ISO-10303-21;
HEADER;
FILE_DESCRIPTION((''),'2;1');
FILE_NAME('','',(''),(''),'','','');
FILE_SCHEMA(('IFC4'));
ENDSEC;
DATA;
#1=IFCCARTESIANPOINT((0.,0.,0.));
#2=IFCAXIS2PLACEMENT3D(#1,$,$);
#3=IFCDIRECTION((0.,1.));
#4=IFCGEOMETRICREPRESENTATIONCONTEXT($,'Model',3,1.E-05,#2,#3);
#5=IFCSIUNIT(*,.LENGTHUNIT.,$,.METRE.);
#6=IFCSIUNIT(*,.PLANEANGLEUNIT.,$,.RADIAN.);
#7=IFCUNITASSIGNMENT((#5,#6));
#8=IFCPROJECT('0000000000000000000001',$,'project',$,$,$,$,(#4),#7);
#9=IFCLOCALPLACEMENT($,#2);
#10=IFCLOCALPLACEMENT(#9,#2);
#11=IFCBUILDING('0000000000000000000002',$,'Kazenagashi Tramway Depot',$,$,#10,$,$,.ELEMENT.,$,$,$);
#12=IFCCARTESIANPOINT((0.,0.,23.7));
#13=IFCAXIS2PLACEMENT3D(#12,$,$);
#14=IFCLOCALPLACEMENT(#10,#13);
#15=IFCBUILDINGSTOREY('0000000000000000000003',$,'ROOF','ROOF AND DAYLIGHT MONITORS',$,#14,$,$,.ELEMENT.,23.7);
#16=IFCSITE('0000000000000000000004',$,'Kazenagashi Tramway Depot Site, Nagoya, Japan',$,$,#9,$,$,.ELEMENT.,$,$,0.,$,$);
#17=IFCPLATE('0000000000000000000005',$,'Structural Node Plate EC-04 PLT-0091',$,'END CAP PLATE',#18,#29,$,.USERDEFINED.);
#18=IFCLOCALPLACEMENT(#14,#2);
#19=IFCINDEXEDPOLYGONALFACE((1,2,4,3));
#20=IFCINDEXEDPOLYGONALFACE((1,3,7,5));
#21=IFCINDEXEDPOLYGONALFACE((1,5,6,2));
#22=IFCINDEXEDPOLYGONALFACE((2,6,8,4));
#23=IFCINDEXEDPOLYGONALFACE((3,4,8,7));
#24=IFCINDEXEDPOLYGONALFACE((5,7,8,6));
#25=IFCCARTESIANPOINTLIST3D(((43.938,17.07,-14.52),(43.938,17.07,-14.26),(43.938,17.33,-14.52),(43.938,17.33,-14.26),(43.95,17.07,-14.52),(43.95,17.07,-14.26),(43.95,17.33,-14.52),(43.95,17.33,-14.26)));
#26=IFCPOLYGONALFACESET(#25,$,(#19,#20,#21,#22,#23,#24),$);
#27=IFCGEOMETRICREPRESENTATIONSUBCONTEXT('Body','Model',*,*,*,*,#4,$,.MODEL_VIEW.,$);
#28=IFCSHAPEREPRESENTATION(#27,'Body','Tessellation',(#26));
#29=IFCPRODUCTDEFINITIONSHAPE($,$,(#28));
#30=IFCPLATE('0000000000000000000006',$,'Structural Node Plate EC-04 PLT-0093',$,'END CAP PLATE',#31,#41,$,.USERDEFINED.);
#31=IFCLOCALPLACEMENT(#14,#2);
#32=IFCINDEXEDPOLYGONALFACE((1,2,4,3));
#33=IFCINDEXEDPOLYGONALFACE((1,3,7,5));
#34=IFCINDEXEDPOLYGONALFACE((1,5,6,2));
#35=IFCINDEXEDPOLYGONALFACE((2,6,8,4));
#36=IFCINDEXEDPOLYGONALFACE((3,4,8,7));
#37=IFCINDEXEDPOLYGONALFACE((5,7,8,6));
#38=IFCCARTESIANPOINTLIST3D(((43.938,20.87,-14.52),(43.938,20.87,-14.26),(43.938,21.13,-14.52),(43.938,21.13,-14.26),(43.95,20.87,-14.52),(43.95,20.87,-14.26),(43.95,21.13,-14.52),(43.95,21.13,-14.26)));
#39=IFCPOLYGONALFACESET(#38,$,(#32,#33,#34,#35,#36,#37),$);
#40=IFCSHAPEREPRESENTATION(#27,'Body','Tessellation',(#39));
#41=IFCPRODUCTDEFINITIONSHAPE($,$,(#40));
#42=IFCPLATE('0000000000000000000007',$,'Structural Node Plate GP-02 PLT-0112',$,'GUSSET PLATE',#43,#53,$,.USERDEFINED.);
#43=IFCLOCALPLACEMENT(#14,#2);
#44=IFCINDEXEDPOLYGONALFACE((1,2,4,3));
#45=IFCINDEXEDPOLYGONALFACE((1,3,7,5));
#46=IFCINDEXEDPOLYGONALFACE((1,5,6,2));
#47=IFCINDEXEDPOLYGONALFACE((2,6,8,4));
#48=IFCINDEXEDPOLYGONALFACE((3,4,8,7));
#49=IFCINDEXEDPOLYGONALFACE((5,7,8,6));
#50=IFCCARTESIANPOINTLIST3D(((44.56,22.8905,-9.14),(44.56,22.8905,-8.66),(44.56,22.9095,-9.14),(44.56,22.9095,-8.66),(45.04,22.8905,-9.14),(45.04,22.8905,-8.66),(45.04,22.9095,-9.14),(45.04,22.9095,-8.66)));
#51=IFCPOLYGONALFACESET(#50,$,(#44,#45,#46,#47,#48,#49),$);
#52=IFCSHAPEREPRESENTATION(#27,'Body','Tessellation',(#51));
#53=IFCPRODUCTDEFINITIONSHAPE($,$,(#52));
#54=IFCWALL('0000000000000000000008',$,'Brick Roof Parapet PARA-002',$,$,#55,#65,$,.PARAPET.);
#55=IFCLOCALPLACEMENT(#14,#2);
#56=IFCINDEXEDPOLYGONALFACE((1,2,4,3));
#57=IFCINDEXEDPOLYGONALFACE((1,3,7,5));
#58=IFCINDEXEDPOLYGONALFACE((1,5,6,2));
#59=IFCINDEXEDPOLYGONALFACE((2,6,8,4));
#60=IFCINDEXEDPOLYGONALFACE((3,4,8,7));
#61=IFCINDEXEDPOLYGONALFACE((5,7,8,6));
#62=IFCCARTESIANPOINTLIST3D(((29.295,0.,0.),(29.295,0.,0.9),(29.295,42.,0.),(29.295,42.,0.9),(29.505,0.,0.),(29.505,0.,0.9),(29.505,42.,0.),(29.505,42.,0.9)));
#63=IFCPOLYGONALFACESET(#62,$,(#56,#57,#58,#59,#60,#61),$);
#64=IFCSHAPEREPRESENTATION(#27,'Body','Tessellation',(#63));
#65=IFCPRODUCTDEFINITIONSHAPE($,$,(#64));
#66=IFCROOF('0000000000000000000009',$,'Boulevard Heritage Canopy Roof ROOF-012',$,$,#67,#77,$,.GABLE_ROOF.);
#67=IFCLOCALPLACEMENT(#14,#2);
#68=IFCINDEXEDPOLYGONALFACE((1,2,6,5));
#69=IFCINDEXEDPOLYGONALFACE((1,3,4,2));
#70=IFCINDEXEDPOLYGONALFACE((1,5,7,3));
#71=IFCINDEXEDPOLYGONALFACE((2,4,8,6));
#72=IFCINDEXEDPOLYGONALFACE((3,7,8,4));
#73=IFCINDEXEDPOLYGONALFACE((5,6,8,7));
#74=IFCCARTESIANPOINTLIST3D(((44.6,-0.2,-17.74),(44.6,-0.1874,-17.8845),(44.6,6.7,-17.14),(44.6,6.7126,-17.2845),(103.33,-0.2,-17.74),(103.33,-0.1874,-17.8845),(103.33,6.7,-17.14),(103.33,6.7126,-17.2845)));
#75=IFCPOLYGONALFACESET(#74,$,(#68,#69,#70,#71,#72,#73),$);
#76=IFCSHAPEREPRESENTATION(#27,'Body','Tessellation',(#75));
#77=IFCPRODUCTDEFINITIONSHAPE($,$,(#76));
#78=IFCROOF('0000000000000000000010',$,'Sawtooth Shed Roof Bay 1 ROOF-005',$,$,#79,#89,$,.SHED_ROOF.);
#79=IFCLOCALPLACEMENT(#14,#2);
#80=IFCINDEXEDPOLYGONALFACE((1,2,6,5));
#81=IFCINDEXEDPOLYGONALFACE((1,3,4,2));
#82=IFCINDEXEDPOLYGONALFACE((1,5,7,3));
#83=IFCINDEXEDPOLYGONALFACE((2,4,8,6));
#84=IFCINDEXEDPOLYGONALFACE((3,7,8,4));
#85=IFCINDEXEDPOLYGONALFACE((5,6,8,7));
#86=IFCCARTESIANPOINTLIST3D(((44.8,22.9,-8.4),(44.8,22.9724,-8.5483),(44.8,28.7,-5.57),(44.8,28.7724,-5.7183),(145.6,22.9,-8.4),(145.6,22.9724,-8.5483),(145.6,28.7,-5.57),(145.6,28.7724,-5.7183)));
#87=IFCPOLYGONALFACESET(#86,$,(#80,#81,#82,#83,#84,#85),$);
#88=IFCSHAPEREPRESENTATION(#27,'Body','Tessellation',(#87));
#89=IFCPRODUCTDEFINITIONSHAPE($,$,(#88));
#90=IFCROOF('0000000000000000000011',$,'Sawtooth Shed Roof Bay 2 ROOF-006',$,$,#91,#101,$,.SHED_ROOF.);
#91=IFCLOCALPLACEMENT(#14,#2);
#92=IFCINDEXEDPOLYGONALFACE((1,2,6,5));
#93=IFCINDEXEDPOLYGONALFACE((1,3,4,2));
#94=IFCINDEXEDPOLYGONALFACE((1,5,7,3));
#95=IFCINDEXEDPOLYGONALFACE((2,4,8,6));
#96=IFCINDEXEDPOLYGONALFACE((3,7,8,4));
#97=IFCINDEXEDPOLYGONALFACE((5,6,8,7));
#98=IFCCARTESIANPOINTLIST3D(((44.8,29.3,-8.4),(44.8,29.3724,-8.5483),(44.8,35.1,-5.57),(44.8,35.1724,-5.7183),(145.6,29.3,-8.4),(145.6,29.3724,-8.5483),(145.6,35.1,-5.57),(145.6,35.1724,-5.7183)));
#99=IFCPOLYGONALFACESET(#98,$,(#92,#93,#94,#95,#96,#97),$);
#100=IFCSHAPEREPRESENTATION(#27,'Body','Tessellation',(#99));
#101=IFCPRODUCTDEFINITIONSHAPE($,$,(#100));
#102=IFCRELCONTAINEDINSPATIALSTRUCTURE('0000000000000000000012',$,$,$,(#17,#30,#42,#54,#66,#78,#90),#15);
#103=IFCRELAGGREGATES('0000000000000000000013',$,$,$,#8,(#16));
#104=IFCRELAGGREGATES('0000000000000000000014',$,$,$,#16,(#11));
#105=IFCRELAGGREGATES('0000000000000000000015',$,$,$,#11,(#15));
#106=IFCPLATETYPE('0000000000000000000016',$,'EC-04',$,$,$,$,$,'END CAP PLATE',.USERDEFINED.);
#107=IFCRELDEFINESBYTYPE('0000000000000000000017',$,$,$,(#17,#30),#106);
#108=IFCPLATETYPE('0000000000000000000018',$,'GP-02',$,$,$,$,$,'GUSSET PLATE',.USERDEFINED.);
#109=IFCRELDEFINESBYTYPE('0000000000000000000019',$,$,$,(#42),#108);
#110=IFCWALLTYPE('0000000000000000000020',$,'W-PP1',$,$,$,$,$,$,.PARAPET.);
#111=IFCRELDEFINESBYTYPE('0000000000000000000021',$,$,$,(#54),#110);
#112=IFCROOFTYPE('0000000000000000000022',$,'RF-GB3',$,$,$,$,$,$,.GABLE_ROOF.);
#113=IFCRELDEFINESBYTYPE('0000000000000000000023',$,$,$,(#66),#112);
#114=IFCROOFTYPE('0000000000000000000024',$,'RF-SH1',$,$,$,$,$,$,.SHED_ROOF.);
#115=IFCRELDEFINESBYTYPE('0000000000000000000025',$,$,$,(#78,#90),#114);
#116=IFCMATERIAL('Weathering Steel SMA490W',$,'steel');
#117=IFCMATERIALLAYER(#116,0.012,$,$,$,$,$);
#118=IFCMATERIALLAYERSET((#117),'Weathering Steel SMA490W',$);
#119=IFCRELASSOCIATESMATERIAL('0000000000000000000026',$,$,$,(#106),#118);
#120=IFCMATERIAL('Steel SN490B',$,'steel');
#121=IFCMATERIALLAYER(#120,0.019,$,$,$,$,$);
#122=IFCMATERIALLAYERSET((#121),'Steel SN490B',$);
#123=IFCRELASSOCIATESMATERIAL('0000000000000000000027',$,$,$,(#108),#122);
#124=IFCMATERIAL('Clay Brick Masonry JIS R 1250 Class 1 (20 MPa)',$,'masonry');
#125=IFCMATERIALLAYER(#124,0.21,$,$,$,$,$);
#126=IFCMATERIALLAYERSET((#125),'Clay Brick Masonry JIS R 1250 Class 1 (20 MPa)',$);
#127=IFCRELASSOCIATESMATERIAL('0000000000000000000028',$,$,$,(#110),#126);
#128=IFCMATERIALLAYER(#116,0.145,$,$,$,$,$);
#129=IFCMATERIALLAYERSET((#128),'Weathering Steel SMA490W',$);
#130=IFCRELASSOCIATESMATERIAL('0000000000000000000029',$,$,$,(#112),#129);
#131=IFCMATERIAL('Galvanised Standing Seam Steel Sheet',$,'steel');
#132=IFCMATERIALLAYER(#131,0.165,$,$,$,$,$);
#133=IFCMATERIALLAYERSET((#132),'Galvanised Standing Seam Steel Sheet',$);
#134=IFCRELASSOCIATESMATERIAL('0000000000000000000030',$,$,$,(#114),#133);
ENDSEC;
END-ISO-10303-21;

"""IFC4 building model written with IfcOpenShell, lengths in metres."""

from ifc_helpers import new_model, si_unit, direction, frame, frame_2d, origin, origin_2d, place, context, subcontext, project, spatial, polyline, rectangle, outline, extrude, material, layer, layer_set, type_object, element, save


model = new_model("IFC4")

# Units and contexts
model_context = context("Model", 3, precision=1e-05, world=origin(), true_north=direction((0.0, 1.0)))
body_context = subcontext(model_context, "Body", "Model", "MODEL_VIEW")
ifc_project = project(units=[si_unit("LENGTHUNIT", "METRE"), si_unit("PLANEANGLEUNIT", "RADIAN")], contexts=[model_context])

# Site, building, storey
site_placement = place(None, origin())
site = spatial("IfcSite", under=ifc_project, at=site_placement, Name="Kazenagashi Tramway Depot Site, Nagoya, Japan", CompositionType="ELEMENT", RefElevation=0.0)
building_placement = place(site_placement, origin())
building = spatial("IfcBuilding", under=site, at=building_placement, Name="Kazenagashi Tramway Depot", CompositionType="ELEMENT")
storey_placement = place(building_placement, frame((0.0, 0.0, 23.7)))
storey = spatial("IfcBuildingStorey", under=building, at=storey_placement, Name="ROOF", Description="ROOF AND DAYLIGHT MONITORS", CompositionType="ELEMENT", Elevation=23.7)

# Shared definitions
ifc_material_1 = material(Name="Steel SN490B", Category="steel")

# Shared definitions
ifc_material_2 = material(Name="Weathering Steel SMA490W", Category="steel")

# Plates
ifc_layer_1 = layer(ifc_material_2, 0.012)
ifc_layer_set_1 = layer_set([ifc_layer_1], Name="Weathering Steel SMA490W")
plate_type_1 = type_object("IfcPlateType", Name="EC-04", ElementType="END CAP PLATE", PredefinedType="USERDEFINED", material=ifc_layer_set_1)
for number, where, z_axis, x_axis, name in (
    (1, (43.944, 17.2, -14.52), (0.0, 0.0, 1.0), (0.0, 1.0, 0.0), "Structural Node Plate EC-04 PLT-0091"),
    (2, (43.944, 21.0, -14.52), (0.0, 0.0, 1.0), (0.0, 1.0, 0.0), "Structural Node Plate EC-04 PLT-0093"),
):
    element("IfcPlate", number, at=place(storey_placement, frame(where, z_axis=z_axis, x_axis=x_axis)), inside=storey, type_object=plate_type_1, Name=name, ObjectType="END CAP PLATE", PredefinedType="USERDEFINED", context=body_context, shape_type="SweptSolid", body=[
        extrude(rectangle(XDim=0.26, YDim=0.012, at=origin_2d()), origin(), (0.0, 0.0, 1.0), 0.26),
    ])
ifc_layer_2 = layer(ifc_material_1, 0.019)
ifc_layer_set_2 = layer_set([ifc_layer_2], Name="Steel SN490B")
plate_type_2 = type_object("IfcPlateType", Name="GP-02", ElementType="GUSSET PLATE", PredefinedType="USERDEFINED", material=ifc_layer_set_2)
plate_placement = place(storey_placement, frame((44.8, 22.9, -9.14), z_axis=(0.0, 0.0, 1.0), x_axis=(1.0, 0.0, 0.0)))
element("IfcPlate", 3, at=plate_placement, inside=storey, type_object=plate_type_2, Name="Structural Node Plate GP-02 PLT-0112", ObjectType="GUSSET PLATE", PredefinedType="USERDEFINED", context=body_context, shape_type="SweptSolid", body=[
    extrude(rectangle(XDim=0.48, YDim=0.019, at=origin_2d()), origin(), (0.0, 0.0, 1.0), 0.48),
])

# Wall
ifc_material_3 = material(Name="Clay Brick Masonry JIS R 1250 Class 1 (20 MPa)", Category="masonry")
ifc_layer_3 = layer(ifc_material_3, 0.21)
ifc_layer_set_3 = layer_set([ifc_layer_3], Name="Clay Brick Masonry JIS R 1250 Class 1 (20 MPa)")
wall_type = type_object("IfcWallType", Name="W-PP1", PredefinedType="PARAPET", material=ifc_layer_set_3)
wall_placement = place(storey_placement, frame((29.4, 0.0, 0.0), z_axis=(0.0, 0.0, 1.0), x_axis=(0.0, 1.0, 0.0)))
element("IfcWall", 4, at=wall_placement, inside=storey, type_object=wall_type, Name="Brick Roof Parapet PARA-002", PredefinedType="PARAPET", context=body_context, shape_type="SweptSolid", body=[
    extrude(rectangle(XDim=42.0, YDim=0.21, at=frame_2d((21.0, 0.0))), origin(), (0.0, 0.0, 1.0), 0.9),
])

# Roofs
ifc_layer_4 = layer(ifc_material_2, 0.145)
ifc_layer_set_4 = layer_set([ifc_layer_4], Name="Weathering Steel SMA490W")
roof_type_1 = type_object("IfcRoofType", Name="RF-GB3", PredefinedType="GABLE_ROOF", material=ifc_layer_set_4)
roof_placement = place(storey_placement, frame((44.6, -0.2, -17.74), z_axis=(0.0, -0.08663, 0.996241), x_axis=(1.0, 0.0, 0.0)))
element("IfcRoof", 5, at=roof_placement, inside=storey, type_object=roof_type_1, Name="Boulevard Heritage Canopy Roof ROOF-012", PredefinedType="GABLE_ROOF", context=body_context, shape_type="SweptSolid", body=[
    extrude(outline(polyline([(0.0, 0.0), (58.73, 0.0), (58.73, 6.926), (0.0, 6.926), (0.0, 0.0)])), origin(), (0.0, 0.0, -1.0), 0.145),
])
ifc_material_4 = material(Name="Galvanised Standing Seam Steel Sheet", Category="steel")
ifc_layer_5 = layer(ifc_material_4, 0.165)
ifc_layer_set_5 = layer_set([ifc_layer_5], Name="Galvanised Standing Seam Steel Sheet")
roof_type_2 = type_object("IfcRoofType", Name="RF-SH1", PredefinedType="SHED_ROOF", material=ifc_layer_set_5)
for number, where, z_axis, x_axis, name in (
    (6, (44.8, 22.9, -8.4), (0.0, -0.438515, 0.898724), (1.0, 0.0, 0.0), "Sawtooth Shed Roof Bay 1 ROOF-005"),
    (7, (44.8, 29.3, -8.4), (0.0, -0.438515, 0.898724), (1.0, 0.0, 0.0), "Sawtooth Shed Roof Bay 2 ROOF-006"),
):
    element("IfcRoof", number, at=place(storey_placement, frame(where, z_axis=z_axis, x_axis=x_axis)), inside=storey, type_object=roof_type_2, Name=name, PredefinedType="SHED_ROOF", context=body_context, shape_type="SweptSolid", body=[
        extrude(outline(polyline([(0.0, 0.0), (100.8, 0.0), (100.8, 6.4536), (0.0, 6.4536), (0.0, 0.0)])), origin(), (0.0, 0.0, -1.0), 0.165),
    ])

save(model, "model.ifc")
